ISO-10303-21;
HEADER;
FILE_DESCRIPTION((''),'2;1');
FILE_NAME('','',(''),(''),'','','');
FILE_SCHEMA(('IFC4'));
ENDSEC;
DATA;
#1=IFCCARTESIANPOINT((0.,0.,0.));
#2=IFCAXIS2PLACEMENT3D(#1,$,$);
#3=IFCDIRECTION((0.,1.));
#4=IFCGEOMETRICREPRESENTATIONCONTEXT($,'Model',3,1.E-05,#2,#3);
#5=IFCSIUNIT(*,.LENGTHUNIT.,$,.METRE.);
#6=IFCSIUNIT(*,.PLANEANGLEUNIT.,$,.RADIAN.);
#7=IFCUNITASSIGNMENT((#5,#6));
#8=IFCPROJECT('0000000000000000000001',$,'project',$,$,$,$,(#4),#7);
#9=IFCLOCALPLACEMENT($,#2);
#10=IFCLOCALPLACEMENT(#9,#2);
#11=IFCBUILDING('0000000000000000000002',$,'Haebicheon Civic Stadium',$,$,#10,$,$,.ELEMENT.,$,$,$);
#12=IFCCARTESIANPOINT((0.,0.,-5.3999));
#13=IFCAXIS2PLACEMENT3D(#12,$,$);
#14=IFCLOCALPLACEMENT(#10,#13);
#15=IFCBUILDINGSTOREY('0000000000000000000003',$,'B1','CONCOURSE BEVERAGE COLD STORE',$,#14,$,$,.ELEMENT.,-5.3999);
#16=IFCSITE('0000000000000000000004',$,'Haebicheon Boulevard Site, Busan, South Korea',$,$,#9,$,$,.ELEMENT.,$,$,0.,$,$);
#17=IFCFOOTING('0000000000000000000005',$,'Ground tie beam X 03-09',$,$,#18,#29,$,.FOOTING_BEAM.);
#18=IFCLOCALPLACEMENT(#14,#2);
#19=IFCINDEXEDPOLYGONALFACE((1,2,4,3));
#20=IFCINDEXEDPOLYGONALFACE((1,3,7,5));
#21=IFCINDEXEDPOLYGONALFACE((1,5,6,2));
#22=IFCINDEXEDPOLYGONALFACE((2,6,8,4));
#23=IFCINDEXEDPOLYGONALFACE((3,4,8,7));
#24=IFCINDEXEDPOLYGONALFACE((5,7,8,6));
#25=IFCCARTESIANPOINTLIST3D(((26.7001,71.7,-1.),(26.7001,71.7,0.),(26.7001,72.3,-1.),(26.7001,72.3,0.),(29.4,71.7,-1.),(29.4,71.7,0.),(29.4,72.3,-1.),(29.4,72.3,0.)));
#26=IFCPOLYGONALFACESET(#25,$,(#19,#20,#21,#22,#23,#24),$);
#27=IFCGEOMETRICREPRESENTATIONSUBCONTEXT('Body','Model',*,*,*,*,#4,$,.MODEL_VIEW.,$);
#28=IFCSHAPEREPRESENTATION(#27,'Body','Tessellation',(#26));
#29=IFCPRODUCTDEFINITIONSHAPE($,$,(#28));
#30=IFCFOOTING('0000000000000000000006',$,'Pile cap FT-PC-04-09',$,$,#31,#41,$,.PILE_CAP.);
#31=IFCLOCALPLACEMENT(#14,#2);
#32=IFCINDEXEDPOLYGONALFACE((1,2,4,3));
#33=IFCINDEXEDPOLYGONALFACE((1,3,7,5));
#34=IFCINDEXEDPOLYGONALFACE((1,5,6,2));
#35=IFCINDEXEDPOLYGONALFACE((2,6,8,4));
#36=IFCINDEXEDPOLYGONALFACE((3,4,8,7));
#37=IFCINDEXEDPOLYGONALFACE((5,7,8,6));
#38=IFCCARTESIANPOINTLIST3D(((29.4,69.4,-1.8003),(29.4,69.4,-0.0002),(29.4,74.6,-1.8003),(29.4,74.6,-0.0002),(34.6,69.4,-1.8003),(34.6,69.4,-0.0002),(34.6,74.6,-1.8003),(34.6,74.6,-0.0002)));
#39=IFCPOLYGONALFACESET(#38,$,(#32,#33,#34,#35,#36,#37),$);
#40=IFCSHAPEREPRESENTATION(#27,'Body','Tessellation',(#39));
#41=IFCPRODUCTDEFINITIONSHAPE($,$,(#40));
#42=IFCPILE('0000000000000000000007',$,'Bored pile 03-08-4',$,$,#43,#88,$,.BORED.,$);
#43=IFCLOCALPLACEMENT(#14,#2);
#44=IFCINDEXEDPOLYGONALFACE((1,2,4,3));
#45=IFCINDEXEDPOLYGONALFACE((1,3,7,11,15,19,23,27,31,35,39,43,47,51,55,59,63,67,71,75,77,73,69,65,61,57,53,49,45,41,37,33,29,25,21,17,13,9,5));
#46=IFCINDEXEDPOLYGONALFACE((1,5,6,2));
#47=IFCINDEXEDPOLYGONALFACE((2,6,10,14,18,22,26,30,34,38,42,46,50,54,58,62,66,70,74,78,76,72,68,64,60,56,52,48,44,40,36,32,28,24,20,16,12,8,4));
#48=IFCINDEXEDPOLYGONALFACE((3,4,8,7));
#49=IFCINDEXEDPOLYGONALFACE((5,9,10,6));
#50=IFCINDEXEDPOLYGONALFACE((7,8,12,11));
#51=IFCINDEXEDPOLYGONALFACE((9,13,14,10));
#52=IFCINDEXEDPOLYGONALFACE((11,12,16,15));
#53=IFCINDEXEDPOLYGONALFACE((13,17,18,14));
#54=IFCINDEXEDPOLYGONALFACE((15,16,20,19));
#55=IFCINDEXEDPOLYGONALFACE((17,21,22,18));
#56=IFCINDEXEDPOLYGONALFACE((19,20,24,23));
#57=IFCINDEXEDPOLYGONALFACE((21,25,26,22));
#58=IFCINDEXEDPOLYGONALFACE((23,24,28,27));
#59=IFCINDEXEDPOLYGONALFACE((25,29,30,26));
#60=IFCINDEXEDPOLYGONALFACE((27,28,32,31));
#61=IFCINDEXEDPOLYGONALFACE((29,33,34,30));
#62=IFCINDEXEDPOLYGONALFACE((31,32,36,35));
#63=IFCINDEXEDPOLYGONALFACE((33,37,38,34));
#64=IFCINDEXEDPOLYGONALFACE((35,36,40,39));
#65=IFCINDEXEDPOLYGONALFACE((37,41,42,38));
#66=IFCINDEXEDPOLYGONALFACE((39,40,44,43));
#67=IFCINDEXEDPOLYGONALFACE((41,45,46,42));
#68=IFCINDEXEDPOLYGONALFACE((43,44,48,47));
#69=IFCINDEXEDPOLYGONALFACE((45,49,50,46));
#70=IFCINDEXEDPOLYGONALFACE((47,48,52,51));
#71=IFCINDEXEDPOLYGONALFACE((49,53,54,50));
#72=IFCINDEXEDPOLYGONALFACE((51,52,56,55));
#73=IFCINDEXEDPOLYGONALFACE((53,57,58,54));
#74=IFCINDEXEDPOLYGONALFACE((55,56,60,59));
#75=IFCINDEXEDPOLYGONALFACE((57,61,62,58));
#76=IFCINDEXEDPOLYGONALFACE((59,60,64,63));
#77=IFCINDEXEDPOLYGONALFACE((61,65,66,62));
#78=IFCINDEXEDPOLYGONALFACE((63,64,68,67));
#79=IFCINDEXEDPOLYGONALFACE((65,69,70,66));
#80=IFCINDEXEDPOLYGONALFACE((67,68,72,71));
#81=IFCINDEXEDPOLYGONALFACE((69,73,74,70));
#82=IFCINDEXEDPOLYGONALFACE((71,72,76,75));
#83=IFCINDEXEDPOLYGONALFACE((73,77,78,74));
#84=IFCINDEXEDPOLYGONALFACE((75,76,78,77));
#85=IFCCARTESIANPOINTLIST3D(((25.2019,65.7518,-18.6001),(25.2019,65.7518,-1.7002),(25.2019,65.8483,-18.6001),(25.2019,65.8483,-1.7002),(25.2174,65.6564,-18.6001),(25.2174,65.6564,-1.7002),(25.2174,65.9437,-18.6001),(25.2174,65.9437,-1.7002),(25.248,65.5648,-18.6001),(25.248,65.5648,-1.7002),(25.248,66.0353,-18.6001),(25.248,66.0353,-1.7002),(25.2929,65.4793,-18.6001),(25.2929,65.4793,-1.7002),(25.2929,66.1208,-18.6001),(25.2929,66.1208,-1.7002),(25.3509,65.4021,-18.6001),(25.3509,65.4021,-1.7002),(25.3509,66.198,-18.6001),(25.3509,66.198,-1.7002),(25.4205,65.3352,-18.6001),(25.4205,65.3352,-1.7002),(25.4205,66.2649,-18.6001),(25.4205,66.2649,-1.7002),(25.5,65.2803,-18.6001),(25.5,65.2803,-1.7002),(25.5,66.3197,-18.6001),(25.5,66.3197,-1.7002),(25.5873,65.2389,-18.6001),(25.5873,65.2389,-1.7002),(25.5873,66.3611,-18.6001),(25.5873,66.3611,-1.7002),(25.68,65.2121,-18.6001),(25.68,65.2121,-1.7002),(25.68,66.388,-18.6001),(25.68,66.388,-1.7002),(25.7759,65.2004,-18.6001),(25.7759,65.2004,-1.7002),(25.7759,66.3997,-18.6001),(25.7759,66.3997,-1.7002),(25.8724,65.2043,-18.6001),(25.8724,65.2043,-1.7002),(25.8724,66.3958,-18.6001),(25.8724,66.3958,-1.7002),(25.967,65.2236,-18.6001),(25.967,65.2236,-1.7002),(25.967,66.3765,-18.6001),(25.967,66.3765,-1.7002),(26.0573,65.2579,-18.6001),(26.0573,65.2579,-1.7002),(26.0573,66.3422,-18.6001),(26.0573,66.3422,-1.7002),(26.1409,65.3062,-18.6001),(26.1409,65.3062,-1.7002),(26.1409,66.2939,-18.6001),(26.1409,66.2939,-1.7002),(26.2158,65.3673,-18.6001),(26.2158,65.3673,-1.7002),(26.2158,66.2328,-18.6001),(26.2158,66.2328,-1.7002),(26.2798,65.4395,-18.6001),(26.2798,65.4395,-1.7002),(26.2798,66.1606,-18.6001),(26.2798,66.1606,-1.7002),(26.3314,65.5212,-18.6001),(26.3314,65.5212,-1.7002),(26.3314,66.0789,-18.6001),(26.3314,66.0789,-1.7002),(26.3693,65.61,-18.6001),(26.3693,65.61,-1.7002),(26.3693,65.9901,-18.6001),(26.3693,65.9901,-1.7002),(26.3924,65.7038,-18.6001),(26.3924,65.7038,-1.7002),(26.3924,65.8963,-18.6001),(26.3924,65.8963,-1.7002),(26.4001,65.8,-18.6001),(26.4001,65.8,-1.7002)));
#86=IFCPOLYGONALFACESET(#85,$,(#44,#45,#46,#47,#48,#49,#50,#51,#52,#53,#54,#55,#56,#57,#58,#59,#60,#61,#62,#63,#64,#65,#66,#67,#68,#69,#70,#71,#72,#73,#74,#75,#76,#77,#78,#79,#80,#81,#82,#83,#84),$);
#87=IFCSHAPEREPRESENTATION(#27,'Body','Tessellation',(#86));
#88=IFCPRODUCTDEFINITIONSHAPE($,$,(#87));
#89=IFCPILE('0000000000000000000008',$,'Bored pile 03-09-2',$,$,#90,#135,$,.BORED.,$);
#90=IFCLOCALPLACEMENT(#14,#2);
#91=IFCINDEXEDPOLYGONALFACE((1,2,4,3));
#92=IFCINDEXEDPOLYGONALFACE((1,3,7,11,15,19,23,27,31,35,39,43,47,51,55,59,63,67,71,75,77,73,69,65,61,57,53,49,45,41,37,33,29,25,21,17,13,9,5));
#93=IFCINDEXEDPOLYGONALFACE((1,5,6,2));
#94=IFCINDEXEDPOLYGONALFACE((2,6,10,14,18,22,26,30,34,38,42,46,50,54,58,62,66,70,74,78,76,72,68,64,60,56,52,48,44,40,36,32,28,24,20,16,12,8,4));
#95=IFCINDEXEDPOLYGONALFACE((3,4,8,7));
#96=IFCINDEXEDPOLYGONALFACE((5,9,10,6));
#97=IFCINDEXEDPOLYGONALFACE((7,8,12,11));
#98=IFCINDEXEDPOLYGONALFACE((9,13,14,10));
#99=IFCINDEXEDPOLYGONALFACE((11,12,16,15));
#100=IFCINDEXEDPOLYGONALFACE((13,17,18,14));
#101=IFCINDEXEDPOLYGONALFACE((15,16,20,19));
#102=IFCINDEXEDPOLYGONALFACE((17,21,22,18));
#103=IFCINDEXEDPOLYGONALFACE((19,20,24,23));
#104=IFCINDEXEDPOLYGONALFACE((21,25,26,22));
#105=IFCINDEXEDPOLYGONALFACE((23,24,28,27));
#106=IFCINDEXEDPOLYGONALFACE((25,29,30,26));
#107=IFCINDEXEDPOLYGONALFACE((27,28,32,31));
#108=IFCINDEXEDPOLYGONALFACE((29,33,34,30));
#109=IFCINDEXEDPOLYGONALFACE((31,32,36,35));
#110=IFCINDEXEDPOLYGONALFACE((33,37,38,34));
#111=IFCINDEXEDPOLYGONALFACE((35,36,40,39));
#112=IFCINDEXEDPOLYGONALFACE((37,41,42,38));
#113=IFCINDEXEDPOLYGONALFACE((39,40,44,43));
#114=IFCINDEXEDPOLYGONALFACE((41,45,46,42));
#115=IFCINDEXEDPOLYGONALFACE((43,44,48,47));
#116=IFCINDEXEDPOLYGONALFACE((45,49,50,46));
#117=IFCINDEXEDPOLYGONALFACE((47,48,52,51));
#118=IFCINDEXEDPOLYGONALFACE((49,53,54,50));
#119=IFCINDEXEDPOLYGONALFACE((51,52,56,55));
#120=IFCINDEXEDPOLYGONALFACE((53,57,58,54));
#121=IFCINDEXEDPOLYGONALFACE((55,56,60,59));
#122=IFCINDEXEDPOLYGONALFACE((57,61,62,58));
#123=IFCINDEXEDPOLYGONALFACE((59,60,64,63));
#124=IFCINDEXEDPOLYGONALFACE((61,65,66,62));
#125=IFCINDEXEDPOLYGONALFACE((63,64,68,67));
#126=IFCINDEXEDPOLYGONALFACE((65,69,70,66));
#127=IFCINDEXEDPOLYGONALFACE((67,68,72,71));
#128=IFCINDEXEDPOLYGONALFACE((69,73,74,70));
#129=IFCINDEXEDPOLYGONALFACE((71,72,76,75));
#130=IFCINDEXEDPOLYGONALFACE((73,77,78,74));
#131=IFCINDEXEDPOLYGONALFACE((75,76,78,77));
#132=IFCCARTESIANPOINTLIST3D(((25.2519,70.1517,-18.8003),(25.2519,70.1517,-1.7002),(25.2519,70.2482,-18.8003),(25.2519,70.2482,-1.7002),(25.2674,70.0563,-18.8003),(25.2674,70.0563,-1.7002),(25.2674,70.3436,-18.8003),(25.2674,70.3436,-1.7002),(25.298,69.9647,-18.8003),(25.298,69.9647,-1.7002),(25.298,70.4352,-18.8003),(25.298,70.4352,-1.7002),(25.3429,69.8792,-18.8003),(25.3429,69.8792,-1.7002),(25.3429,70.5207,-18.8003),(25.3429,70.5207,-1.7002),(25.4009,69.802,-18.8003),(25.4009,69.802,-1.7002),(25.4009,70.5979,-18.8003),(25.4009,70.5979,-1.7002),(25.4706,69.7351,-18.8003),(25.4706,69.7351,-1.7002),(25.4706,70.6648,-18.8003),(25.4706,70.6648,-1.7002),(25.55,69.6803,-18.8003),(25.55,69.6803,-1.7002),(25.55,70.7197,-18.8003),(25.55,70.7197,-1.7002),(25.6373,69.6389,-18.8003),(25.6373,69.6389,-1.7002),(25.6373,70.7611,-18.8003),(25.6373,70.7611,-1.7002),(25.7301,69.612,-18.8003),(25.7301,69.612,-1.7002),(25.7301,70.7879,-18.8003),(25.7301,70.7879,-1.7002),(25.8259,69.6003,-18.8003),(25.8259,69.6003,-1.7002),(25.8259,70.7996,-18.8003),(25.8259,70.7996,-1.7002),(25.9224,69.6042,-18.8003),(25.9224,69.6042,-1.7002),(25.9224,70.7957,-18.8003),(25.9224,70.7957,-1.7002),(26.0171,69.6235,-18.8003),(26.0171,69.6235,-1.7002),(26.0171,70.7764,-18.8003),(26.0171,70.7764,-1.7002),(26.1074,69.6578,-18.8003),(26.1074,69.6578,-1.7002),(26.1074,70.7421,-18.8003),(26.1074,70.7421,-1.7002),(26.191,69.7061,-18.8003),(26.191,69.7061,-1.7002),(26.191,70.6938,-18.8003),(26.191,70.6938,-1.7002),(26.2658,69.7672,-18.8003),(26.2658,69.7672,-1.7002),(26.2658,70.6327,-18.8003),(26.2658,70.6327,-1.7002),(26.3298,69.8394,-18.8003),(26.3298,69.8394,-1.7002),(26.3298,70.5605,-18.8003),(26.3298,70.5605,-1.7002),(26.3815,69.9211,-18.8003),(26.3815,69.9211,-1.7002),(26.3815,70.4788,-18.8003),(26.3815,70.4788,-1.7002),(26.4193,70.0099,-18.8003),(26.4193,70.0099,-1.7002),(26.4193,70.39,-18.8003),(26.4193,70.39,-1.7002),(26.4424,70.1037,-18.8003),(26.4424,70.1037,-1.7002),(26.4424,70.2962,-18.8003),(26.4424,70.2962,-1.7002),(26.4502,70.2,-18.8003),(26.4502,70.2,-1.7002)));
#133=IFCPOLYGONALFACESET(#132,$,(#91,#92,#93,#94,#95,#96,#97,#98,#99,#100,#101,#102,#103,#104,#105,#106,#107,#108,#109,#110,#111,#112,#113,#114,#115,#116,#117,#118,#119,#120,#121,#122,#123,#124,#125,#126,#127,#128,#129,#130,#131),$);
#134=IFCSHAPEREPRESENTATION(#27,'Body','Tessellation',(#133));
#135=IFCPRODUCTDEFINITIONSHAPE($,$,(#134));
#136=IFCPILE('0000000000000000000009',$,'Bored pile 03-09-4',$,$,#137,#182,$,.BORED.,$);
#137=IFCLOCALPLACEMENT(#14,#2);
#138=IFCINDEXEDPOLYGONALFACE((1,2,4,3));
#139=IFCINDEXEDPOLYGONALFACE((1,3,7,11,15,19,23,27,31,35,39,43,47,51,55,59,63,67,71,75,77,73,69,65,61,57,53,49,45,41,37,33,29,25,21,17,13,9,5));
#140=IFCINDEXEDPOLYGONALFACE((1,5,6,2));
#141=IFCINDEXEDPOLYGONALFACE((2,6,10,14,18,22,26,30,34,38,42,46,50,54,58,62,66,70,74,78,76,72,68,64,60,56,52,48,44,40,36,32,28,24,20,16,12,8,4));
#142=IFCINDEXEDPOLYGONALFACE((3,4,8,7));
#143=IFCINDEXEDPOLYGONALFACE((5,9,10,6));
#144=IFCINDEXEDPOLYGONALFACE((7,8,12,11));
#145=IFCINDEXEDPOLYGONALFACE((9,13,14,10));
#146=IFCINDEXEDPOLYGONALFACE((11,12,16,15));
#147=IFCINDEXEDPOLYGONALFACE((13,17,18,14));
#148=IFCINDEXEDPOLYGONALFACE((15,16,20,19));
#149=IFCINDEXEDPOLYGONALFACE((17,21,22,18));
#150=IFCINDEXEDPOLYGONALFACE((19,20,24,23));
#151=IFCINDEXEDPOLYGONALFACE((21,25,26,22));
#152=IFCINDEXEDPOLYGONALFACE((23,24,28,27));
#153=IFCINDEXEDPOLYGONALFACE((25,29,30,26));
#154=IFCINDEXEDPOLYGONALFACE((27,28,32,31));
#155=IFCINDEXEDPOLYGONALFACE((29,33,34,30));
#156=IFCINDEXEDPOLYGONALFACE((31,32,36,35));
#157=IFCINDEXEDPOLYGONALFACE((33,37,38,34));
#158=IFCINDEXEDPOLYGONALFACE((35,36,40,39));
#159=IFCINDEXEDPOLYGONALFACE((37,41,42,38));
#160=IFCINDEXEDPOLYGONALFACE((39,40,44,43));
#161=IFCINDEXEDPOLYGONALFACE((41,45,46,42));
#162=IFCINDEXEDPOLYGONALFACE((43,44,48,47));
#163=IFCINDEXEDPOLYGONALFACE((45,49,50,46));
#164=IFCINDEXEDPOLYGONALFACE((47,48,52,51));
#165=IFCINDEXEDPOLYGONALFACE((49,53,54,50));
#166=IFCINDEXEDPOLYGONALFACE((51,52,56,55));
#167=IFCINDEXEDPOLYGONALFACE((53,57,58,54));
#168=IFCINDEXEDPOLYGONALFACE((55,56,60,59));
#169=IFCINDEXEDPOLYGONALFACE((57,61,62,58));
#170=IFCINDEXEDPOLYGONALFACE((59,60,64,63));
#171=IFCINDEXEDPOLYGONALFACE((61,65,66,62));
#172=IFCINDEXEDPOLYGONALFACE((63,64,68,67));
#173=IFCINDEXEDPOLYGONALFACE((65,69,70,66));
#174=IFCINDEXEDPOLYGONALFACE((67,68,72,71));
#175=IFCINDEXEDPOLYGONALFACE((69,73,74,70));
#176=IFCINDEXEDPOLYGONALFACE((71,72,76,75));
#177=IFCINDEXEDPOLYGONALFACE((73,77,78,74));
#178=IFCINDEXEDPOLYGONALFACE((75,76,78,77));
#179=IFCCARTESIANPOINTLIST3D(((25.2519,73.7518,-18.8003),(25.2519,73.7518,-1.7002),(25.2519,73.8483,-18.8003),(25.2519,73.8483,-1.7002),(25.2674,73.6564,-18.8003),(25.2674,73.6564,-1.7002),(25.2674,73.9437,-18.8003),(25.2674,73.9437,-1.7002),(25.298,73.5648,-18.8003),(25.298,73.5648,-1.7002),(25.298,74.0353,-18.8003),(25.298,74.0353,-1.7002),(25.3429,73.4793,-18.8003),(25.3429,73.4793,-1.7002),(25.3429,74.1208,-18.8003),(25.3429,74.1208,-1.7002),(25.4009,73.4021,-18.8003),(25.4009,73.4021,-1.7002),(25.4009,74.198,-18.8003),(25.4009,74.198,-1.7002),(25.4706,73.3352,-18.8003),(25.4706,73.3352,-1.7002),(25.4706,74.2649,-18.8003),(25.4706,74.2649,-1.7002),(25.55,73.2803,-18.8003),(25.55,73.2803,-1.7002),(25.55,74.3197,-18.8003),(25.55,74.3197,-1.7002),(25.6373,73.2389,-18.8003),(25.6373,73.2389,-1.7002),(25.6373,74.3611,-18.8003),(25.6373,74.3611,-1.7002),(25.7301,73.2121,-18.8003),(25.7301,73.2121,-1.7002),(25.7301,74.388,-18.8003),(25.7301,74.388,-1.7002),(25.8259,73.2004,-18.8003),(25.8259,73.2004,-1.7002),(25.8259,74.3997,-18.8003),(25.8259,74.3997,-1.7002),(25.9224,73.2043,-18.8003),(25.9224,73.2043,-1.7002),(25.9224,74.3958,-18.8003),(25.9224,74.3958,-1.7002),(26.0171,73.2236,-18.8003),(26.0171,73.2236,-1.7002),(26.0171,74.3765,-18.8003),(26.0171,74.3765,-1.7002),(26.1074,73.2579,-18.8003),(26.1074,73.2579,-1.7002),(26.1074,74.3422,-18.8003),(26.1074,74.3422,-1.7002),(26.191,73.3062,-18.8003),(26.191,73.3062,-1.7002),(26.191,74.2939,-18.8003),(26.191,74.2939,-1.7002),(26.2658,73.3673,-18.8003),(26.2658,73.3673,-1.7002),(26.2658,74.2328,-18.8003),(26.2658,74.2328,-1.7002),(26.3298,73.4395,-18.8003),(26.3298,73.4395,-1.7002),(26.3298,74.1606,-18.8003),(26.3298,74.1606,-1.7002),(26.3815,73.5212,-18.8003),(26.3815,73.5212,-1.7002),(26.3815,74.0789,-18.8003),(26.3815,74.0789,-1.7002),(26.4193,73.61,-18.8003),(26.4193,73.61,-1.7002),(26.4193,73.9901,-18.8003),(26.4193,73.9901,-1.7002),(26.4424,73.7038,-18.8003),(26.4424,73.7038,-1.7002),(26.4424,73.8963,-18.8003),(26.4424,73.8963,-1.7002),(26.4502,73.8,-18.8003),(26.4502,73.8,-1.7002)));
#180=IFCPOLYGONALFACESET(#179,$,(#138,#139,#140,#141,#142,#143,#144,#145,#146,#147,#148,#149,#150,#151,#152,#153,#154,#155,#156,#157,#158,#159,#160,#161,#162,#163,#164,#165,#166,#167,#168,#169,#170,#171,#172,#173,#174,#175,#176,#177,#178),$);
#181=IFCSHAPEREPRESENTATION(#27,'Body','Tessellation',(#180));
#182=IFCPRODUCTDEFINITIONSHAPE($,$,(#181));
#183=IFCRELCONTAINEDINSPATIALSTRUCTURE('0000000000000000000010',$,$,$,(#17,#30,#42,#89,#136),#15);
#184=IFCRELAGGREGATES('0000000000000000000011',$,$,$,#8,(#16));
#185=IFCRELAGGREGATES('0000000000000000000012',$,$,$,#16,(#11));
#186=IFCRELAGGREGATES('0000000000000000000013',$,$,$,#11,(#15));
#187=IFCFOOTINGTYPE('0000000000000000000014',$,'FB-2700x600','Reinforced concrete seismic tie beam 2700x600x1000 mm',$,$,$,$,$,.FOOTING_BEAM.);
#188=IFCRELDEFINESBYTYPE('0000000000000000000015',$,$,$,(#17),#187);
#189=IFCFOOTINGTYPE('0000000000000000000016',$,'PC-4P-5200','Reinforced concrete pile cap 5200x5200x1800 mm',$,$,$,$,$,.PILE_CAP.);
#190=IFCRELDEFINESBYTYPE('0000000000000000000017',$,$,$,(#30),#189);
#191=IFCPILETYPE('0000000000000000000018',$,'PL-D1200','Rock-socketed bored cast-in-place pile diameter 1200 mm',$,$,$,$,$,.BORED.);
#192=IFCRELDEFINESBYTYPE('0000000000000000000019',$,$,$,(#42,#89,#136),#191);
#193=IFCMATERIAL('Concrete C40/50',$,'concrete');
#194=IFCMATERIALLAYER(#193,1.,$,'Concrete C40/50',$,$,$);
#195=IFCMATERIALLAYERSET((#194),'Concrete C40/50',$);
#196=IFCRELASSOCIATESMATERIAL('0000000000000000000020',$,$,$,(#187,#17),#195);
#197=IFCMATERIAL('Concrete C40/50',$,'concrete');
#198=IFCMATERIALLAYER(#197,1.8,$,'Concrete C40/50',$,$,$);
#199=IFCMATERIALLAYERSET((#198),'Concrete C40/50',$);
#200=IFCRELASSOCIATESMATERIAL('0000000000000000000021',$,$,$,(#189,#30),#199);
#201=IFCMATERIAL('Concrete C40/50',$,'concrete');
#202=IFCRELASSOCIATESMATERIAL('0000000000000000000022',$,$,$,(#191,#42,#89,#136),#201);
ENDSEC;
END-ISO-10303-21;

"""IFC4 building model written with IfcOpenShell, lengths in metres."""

from ifc_helpers import new_model, si_unit, direction, frame, origin, origin_2d, place, context, subcontext, project, spatial, rectangle, circle, extrude, material, layer, layer_set, material_profile, profile_set, type_object, element, save


model = new_model("IFC4")

# Units and contexts
model_context = context("Model", 3, precision=1e-05, world=origin(), true_north=direction((0.0, 1.0)))
body_context = subcontext(model_context, "Body", "Model", "MODEL_VIEW")
ifc_project = project(units=[si_unit("LENGTHUNIT", "METRE"), si_unit("PLANEANGLEUNIT", "RADIAN")], contexts=[model_context])

# Site, building, storey
site_placement = place(None, origin())
site = spatial("IfcSite", under=ifc_project, at=site_placement, Name="Haebicheon Boulevard Site, Busan, South Korea", CompositionType="ELEMENT", RefElevation=0.0)
building_placement = place(site_placement, origin())
building = spatial("IfcBuilding", under=site, at=building_placement, Name="Haebicheon Civic Stadium", CompositionType="ELEMENT")
storey_placement = place(building_placement, frame((0.0, 0.0, -5.3999)))
storey = spatial("IfcBuildingStorey", under=building, at=storey_placement, Name="B1", Description="CONCOURSE BEVERAGE COLD STORE", CompositionType="ELEMENT", Elevation=-5.3999)

# Footings
ifc_material_1 = material(Name="Concrete C40/50", Category="concrete")
ifc_layer_1 = layer(ifc_material_1, 1.0, Name="Concrete C40/50")
ifc_layer_set_1 = layer_set([ifc_layer_1], Name="Concrete C40/50")
footing_type_1 = type_object("IfcFootingType", Name="FB-2700x600", Description="Reinforced concrete seismic tie beam 2700x600x1000 mm", PredefinedType="FOOTING_BEAM", material=ifc_layer_set_1)
footing_1_placement = place(storey_placement, frame((28.05, 72.0, -1.0), z_axis=(0.0, 0.0, 1.0), x_axis=(1.0, 0.0, 0.0)))
element("IfcFooting", 1, at=footing_1_placement, inside=storey, type_object=footing_type_1, material=ifc_layer_set_1, Name="Ground tie beam X 03-09", PredefinedType="FOOTING_BEAM", context=body_context, shape_type="SweptSolid", body=[
    extrude(rectangle(XDim=2.7, YDim=0.6001, at=origin_2d()), origin(), (0.0, 0.0, 1.0), 1.0),
])
ifc_material_2 = material(Name="Concrete C40/50", Category="concrete")
ifc_layer_2 = layer(ifc_material_2, 1.8, Name="Concrete C40/50")
ifc_layer_set_2 = layer_set([ifc_layer_2], Name="Concrete C40/50")
footing_type_2 = type_object("IfcFootingType", Name="PC-4P-5200", Description="Reinforced concrete pile cap 5200x5200x1800 mm", PredefinedType="PILE_CAP", material=ifc_layer_set_2)
footing_2_placement = place(storey_placement, frame((32.0, 72.0, -1.8003), z_axis=(0.0, 0.0, 1.0), x_axis=(1.0, 0.0, 0.0)))
element("IfcFooting", 2, at=footing_2_placement, inside=storey, type_object=footing_type_2, material=ifc_layer_set_2, Name="Pile cap FT-PC-04-09", PredefinedType="PILE_CAP", context=body_context, shape_type="SweptSolid", body=[
    extrude(rectangle(XDim=5.2, YDim=5.2, at=origin_2d()), origin(), (0.0, 0.0, 1.0), 1.8),
])

# Piles
ifc_material_3 = material(Name="Concrete C40/50", Category="concrete")
ifc_material_profile_1 = material_profile(ifc_material_3, circle(Radius=0.6001, at=origin_2d()), Name="PILE-D1200")
ifc_profile_set_1 = profile_set([ifc_material_profile_1], Name="Concrete C40/50")
pile_type = type_object("IfcPileType", Name="PL-D1200", Description="Rock-socketed bored cast-in-place pile diameter 1200 mm", PredefinedType="BORED", material=ifc_profile_set_1)
pile_placement = place(storey_placement, frame((25.8, 65.8, -1.7002), z_axis=(0.0, 0.0, -1.0), x_axis=(1.0, 0.0, 0.0)))
element("IfcPile", 3, at=pile_placement, inside=storey, type_object=pile_type, material=ifc_profile_set_1, Name="Bored pile 03-08-4", PredefinedType="BORED", context=body_context, shape_type="SweptSolid", body=[
    extrude(circle(Radius=0.6001, at=origin_2d()), origin(), (0.0, 0.0, 1.0), 16.8999),
])
for number, where, z_axis, x_axis, name in (
    (4, (25.8501, 70.2, -1.7002), (0.0, 0.0, -1.0), (1.0, 0.0, 0.0), "Bored pile 03-09-2"),
    (5, (25.8501, 73.8, -1.7002), (0.0, 0.0, -1.0), (1.0, 0.0, 0.0), "Bored pile 03-09-4"),
):
    element("IfcPile", number, at=place(storey_placement, frame(where, z_axis=z_axis, x_axis=x_axis)), inside=storey, type_object=pile_type, material=ifc_profile_set_1, Name=name, PredefinedType="BORED", context=body_context, shape_type="SweptSolid", body=[
        extrude(circle(Radius=0.6001, at=origin_2d()), origin(), (0.0, 0.0, 1.0), 17.1001),
    ])

save(model, "model.ifc")
